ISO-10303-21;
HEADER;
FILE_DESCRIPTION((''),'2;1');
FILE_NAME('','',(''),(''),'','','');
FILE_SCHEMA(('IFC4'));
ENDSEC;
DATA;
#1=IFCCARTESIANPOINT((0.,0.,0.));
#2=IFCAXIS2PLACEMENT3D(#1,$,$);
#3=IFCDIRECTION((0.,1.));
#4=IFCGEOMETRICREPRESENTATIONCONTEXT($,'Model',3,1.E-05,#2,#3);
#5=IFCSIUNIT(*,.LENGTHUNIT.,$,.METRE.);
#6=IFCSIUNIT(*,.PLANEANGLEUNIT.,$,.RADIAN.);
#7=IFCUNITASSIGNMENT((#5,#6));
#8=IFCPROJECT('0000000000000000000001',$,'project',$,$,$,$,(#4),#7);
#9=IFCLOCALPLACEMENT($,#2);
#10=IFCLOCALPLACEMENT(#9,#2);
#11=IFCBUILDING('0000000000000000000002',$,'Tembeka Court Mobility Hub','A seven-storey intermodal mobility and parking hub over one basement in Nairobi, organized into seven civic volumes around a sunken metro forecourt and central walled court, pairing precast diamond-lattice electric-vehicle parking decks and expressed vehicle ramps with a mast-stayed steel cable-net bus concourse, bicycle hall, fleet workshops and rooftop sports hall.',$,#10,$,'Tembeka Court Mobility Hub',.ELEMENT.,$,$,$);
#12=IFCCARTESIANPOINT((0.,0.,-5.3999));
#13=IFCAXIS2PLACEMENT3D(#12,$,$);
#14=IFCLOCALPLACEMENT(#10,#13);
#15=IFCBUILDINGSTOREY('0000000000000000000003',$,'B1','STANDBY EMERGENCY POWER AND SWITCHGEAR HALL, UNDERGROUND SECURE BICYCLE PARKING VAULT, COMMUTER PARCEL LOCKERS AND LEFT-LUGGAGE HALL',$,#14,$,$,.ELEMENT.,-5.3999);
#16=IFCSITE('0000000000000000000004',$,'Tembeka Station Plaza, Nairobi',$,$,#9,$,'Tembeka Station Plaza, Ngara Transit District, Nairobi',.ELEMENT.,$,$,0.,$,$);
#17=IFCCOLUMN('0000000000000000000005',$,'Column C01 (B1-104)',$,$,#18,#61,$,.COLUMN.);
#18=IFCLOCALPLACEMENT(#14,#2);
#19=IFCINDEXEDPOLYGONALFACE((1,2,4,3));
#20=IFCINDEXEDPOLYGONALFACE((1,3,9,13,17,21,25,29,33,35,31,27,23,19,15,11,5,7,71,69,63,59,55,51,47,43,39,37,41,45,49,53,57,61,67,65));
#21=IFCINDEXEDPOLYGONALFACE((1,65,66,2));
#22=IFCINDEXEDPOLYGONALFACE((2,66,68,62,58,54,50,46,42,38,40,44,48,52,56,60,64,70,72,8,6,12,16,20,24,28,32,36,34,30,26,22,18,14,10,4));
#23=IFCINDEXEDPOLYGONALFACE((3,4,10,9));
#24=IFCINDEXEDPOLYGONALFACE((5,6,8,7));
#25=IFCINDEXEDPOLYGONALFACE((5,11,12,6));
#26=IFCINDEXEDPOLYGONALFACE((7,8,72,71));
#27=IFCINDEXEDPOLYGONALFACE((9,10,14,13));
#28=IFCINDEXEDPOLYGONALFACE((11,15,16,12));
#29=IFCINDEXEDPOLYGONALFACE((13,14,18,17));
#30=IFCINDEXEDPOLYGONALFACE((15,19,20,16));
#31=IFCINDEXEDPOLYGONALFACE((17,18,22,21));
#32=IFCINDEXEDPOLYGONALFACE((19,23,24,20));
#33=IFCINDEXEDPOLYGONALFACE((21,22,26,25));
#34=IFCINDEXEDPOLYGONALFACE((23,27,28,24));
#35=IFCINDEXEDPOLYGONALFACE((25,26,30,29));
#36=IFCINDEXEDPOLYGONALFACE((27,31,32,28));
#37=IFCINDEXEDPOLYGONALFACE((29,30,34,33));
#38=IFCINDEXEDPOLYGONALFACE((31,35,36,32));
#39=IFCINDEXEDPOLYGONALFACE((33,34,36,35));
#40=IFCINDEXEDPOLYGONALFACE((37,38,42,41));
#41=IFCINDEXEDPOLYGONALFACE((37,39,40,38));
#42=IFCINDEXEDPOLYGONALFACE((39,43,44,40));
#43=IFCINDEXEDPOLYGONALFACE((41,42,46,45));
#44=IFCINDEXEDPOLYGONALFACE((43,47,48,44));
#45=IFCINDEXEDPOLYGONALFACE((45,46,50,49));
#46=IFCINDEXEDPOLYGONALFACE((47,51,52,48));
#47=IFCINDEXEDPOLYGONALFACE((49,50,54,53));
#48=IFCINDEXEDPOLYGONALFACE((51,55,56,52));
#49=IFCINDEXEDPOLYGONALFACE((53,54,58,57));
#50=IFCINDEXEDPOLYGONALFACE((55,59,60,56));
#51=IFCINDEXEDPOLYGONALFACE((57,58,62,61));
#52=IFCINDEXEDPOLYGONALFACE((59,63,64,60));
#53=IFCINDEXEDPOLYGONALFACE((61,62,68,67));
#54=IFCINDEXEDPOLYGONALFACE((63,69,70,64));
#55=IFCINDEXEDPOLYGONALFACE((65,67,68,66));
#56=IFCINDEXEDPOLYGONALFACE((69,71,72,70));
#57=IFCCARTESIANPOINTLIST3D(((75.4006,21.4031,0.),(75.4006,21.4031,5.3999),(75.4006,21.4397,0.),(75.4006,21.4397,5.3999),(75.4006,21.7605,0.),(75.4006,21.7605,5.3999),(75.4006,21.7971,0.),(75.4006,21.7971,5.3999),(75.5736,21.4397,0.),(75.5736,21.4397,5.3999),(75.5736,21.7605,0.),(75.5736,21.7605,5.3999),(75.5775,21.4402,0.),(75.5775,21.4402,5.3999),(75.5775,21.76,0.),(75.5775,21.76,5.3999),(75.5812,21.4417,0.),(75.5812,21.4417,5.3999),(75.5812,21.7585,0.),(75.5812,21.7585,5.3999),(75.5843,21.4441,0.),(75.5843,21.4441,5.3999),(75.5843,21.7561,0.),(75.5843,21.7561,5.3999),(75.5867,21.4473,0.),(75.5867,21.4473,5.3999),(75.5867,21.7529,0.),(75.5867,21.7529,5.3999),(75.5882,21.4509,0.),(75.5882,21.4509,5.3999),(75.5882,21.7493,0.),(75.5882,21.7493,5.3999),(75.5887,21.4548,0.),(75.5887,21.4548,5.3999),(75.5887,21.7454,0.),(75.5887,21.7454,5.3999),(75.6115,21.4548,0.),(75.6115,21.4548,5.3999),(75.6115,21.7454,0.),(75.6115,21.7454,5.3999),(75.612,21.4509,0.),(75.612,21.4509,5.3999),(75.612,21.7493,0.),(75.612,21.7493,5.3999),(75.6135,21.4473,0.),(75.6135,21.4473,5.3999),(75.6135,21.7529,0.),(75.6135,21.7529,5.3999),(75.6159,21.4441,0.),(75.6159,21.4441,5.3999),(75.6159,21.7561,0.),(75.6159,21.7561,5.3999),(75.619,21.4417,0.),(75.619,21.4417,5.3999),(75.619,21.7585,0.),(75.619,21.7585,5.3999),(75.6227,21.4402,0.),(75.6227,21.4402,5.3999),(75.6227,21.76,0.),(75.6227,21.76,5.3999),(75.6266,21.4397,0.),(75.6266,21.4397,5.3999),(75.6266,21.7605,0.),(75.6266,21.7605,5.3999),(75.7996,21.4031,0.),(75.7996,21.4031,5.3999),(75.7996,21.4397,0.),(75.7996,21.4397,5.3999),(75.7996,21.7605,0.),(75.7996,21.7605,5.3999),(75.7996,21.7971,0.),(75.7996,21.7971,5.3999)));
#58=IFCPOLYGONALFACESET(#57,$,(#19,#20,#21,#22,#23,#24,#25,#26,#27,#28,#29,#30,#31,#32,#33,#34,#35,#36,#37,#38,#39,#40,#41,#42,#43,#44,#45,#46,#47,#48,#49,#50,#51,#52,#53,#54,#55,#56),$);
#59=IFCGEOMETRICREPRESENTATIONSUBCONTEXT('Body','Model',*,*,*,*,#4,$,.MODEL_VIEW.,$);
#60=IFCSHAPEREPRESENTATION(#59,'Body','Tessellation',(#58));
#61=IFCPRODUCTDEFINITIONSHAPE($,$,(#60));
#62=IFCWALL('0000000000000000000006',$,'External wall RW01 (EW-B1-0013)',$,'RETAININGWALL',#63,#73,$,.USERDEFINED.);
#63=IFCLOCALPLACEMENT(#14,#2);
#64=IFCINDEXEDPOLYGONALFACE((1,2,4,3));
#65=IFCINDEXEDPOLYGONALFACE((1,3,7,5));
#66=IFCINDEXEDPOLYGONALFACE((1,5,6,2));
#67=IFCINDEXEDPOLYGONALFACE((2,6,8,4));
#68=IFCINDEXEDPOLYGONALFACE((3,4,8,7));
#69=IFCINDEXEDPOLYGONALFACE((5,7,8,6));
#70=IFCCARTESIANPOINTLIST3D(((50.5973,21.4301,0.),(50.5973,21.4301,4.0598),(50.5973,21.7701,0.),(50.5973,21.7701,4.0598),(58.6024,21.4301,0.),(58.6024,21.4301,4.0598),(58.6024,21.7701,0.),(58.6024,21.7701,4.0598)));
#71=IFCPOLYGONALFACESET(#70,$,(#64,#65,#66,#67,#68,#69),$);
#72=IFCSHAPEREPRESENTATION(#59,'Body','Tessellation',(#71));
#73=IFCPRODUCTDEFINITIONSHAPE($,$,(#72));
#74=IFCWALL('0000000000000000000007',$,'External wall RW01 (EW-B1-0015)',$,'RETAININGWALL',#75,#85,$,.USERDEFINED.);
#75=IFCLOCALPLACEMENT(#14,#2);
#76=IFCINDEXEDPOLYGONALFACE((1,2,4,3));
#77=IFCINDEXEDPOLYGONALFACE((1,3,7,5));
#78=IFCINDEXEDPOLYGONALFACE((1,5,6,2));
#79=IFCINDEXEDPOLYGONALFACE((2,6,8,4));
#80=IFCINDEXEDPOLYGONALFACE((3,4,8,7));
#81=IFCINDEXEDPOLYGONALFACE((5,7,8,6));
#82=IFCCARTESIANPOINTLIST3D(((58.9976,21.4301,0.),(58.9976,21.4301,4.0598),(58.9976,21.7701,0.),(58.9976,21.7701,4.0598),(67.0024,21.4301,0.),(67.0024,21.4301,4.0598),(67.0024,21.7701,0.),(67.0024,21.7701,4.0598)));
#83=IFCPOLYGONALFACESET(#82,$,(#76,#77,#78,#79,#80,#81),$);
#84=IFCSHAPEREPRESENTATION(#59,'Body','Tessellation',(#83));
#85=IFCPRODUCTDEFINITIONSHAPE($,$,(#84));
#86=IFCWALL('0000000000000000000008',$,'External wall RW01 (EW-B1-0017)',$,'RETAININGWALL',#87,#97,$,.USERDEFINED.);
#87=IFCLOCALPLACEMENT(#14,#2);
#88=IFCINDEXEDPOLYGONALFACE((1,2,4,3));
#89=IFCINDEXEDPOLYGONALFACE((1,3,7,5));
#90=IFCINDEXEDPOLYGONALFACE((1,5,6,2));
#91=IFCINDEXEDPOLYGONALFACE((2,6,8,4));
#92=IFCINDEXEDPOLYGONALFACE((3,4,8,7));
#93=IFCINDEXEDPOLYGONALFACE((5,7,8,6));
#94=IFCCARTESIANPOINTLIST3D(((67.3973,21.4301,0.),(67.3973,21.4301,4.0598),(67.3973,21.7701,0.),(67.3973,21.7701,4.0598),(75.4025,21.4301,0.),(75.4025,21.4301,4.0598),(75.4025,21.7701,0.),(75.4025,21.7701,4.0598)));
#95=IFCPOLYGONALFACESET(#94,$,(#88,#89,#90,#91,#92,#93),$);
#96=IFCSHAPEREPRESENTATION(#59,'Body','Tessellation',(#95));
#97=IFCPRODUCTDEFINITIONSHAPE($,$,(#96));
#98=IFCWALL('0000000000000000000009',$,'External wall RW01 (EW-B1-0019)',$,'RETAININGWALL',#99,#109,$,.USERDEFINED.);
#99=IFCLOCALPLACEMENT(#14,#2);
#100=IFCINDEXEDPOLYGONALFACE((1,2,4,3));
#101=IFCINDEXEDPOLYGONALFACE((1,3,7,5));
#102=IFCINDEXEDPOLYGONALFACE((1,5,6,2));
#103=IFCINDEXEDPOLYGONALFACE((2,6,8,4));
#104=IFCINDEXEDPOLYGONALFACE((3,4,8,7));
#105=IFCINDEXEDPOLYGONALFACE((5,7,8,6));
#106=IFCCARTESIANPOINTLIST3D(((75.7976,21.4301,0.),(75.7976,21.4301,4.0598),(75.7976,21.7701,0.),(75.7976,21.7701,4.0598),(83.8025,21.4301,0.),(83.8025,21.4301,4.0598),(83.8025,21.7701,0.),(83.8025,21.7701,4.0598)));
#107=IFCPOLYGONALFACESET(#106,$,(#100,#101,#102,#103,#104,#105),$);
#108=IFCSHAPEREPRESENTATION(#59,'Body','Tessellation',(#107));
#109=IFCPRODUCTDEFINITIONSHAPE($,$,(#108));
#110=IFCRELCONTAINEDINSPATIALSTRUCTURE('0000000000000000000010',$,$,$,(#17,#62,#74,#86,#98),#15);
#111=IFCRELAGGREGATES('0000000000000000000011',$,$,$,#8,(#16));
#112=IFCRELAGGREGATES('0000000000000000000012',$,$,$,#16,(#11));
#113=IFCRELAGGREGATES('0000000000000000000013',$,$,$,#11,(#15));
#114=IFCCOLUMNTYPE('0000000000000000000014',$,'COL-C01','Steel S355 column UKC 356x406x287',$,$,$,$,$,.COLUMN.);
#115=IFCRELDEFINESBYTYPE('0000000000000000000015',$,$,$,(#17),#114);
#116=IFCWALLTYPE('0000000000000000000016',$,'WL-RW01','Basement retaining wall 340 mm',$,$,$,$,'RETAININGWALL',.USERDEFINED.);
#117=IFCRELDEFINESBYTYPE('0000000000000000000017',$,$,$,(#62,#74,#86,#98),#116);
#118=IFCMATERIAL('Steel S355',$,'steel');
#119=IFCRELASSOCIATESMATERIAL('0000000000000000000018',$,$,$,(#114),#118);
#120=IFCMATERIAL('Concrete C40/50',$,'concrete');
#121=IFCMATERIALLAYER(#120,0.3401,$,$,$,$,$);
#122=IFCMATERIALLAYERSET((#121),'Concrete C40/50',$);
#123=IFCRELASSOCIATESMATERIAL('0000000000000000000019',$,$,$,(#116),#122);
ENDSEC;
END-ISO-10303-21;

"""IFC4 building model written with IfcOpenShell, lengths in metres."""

from ifc_helpers import new_model, si_unit, direction, frame, frame_2d, origin, origin_2d, place, context, subcontext, project, spatial, rectangle, i_section, extrude, material, layer, layer_set, material_profile, profile_set, type_object, element, save


model = new_model("IFC4")

# Units and contexts
model_context = context("Model", 3, precision=1e-05, world=origin(), true_north=direction((0.0, 1.0)))
body_context = subcontext(model_context, "Body", "Model", "MODEL_VIEW")
ifc_project = project(units=[si_unit("LENGTHUNIT", "METRE"), si_unit("PLANEANGLEUNIT", "RADIAN")], contexts=[model_context])

# Site, building, storey
site_placement = place(None, origin())
site = spatial("IfcSite", under=ifc_project, at=site_placement, Name="Tembeka Station Plaza, Nairobi", LongName="Tembeka Station Plaza, Ngara Transit District, Nairobi", CompositionType="ELEMENT", RefElevation=0.0)
building_placement = place(site_placement, origin())
building = spatial("IfcBuilding", under=site, at=building_placement, Name="Tembeka Court Mobility Hub", Description="A seven-storey intermodal mobility and parking hub over one basement in Nairobi, organized into seven civic volumes around a sunken metro forecourt and central walled court, pairing precast diamond-lattice electric-vehicle parking decks and expressed vehicle ramps with a mast-stayed steel cable-net bus concourse, bicycle hall, fleet workshops and rooftop sports hall.", LongName="Tembeka Court Mobility Hub", CompositionType="ELEMENT")
storey_placement = place(building_placement, frame((0.0, 0.0, -5.3999)))
storey = spatial("IfcBuildingStorey", under=building, at=storey_placement, Name="B1", Description="STANDBY EMERGENCY POWER AND SWITCHGEAR HALL, UNDERGROUND SECURE BICYCLE PARKING VAULT, COMMUTER PARCEL LOCKERS AND LEFT-LUGGAGE HALL", CompositionType="ELEMENT", Elevation=-5.3999)

# Shared definitions
ifc_material_1 = material(Name="Concrete C40/50", Category="concrete")

# Column
ifc_material_2 = material(Name="Steel S355", Category="steel")
ifc_material_profile_1 = material_profile(ifc_material_2, i_section(OverallWidth=0.3989, OverallDepth=0.394, WebThickness=0.0227, FlangeThickness=0.0366, FilletRadius=0.0151, at=origin_2d()), Name="UKC 356x406x287")
ifc_profile_set_1 = profile_set([ifc_material_profile_1], Name="Steel S355")
column_type = type_object("IfcColumnType", Name="COL-C01", Description="Steel S355 column UKC 356x406x287", PredefinedType="COLUMN", material=ifc_profile_set_1)
for number, where, z_axis, x_axis, name in (
    (1, (75.6001, 21.6001, 0.0), (0.0, 0.0, 1.0), (1.0, 0.0, 0.0), "Column C01 (B1-104)"),
):
    element("IfcColumn", number, at=place(storey_placement, frame(where, z_axis=z_axis, x_axis=x_axis)), inside=storey, type_object=column_type, Name=name, PredefinedType="COLUMN", context=body_context, shape_type="SweptSolid", body=[
        extrude(i_section(OverallWidth=0.3989, OverallDepth=0.394, WebThickness=0.0227, FlangeThickness=0.0366, FilletRadius=0.0151, at=origin_2d()), origin(), (0.0, 0.0, 1.0), 5.3999),
    ])

# Walls
ifc_layer = layer(ifc_material_1, 0.3401)
ifc_layer_set = layer_set([ifc_layer], Name="Concrete C40/50")
wall_type = type_object("IfcWallType", Name="WL-RW01", Description="Basement retaining wall 340 mm", ElementType="RETAININGWALL", PredefinedType="USERDEFINED", material=ifc_layer_set)
wall_1_placement = place(storey_placement, frame((50.5974, 21.6001, 0.0), z_axis=(0.0, 0.0, 1.0), x_axis=(1.0, 0.0, 0.0)))
element("IfcWall", 2, at=wall_1_placement, inside=storey, type_object=wall_type, Name="External wall RW01 (EW-B1-0013)", ObjectType="RETAININGWALL", PredefinedType="USERDEFINED", context=body_context, shape_type="SweptSolid", body=[
    extrude(rectangle(XDim=8.0051, YDim=0.3401, at=frame_2d((4.0024, 0.0))), origin(), (0.0, 0.0, 1.0), 4.0598),
])
wall_2_placement = place(storey_placement, frame((58.9976, 21.6001, 0.0), z_axis=(0.0, 0.0, 1.0), x_axis=(1.0, 0.0, 0.0)))
element("IfcWall", 3, at=wall_2_placement, inside=storey, type_object=wall_type, Name="External wall RW01 (EW-B1-0015)", ObjectType="RETAININGWALL", PredefinedType="USERDEFINED", context=body_context, shape_type="SweptSolid", body=[
    extrude(rectangle(XDim=8.0049, YDim=0.3401, at=frame_2d((4.0024, 0.0))), origin(), (0.0, 0.0, 1.0), 4.0598),
])
wall_3_placement = place(storey_placement, frame((67.3975, 21.6001, 0.0), z_axis=(0.0, 0.0, 1.0), x_axis=(1.0, 0.0, 0.0)))
element("IfcWall", 4, at=wall_3_placement, inside=storey, type_object=wall_type, Name="External wall RW01 (EW-B1-0017)", ObjectType="RETAININGWALL", PredefinedType="USERDEFINED", context=body_context, shape_type="SweptSolid", body=[
    extrude(rectangle(XDim=8.0051, YDim=0.3401, at=frame_2d((4.0024, 0.0))), origin(), (0.0, 0.0, 1.0), 4.0598),
])
wall_4_placement = place(storey_placement, frame((75.7976, 21.6001, 0.0), z_axis=(0.0, 0.0, 1.0), x_axis=(1.0, 0.0, 0.0)))
element("IfcWall", 5, at=wall_4_placement, inside=storey, type_object=wall_type, Name="External wall RW01 (EW-B1-0019)", ObjectType="RETAININGWALL", PredefinedType="USERDEFINED", context=body_context, shape_type="SweptSolid", body=[
    extrude(rectangle(XDim=8.0049, YDim=0.3401, at=frame_2d((4.0024, 0.0))), origin(), (0.0, 0.0, 1.0), 4.0598),
])

save(model, "model.ifc")
